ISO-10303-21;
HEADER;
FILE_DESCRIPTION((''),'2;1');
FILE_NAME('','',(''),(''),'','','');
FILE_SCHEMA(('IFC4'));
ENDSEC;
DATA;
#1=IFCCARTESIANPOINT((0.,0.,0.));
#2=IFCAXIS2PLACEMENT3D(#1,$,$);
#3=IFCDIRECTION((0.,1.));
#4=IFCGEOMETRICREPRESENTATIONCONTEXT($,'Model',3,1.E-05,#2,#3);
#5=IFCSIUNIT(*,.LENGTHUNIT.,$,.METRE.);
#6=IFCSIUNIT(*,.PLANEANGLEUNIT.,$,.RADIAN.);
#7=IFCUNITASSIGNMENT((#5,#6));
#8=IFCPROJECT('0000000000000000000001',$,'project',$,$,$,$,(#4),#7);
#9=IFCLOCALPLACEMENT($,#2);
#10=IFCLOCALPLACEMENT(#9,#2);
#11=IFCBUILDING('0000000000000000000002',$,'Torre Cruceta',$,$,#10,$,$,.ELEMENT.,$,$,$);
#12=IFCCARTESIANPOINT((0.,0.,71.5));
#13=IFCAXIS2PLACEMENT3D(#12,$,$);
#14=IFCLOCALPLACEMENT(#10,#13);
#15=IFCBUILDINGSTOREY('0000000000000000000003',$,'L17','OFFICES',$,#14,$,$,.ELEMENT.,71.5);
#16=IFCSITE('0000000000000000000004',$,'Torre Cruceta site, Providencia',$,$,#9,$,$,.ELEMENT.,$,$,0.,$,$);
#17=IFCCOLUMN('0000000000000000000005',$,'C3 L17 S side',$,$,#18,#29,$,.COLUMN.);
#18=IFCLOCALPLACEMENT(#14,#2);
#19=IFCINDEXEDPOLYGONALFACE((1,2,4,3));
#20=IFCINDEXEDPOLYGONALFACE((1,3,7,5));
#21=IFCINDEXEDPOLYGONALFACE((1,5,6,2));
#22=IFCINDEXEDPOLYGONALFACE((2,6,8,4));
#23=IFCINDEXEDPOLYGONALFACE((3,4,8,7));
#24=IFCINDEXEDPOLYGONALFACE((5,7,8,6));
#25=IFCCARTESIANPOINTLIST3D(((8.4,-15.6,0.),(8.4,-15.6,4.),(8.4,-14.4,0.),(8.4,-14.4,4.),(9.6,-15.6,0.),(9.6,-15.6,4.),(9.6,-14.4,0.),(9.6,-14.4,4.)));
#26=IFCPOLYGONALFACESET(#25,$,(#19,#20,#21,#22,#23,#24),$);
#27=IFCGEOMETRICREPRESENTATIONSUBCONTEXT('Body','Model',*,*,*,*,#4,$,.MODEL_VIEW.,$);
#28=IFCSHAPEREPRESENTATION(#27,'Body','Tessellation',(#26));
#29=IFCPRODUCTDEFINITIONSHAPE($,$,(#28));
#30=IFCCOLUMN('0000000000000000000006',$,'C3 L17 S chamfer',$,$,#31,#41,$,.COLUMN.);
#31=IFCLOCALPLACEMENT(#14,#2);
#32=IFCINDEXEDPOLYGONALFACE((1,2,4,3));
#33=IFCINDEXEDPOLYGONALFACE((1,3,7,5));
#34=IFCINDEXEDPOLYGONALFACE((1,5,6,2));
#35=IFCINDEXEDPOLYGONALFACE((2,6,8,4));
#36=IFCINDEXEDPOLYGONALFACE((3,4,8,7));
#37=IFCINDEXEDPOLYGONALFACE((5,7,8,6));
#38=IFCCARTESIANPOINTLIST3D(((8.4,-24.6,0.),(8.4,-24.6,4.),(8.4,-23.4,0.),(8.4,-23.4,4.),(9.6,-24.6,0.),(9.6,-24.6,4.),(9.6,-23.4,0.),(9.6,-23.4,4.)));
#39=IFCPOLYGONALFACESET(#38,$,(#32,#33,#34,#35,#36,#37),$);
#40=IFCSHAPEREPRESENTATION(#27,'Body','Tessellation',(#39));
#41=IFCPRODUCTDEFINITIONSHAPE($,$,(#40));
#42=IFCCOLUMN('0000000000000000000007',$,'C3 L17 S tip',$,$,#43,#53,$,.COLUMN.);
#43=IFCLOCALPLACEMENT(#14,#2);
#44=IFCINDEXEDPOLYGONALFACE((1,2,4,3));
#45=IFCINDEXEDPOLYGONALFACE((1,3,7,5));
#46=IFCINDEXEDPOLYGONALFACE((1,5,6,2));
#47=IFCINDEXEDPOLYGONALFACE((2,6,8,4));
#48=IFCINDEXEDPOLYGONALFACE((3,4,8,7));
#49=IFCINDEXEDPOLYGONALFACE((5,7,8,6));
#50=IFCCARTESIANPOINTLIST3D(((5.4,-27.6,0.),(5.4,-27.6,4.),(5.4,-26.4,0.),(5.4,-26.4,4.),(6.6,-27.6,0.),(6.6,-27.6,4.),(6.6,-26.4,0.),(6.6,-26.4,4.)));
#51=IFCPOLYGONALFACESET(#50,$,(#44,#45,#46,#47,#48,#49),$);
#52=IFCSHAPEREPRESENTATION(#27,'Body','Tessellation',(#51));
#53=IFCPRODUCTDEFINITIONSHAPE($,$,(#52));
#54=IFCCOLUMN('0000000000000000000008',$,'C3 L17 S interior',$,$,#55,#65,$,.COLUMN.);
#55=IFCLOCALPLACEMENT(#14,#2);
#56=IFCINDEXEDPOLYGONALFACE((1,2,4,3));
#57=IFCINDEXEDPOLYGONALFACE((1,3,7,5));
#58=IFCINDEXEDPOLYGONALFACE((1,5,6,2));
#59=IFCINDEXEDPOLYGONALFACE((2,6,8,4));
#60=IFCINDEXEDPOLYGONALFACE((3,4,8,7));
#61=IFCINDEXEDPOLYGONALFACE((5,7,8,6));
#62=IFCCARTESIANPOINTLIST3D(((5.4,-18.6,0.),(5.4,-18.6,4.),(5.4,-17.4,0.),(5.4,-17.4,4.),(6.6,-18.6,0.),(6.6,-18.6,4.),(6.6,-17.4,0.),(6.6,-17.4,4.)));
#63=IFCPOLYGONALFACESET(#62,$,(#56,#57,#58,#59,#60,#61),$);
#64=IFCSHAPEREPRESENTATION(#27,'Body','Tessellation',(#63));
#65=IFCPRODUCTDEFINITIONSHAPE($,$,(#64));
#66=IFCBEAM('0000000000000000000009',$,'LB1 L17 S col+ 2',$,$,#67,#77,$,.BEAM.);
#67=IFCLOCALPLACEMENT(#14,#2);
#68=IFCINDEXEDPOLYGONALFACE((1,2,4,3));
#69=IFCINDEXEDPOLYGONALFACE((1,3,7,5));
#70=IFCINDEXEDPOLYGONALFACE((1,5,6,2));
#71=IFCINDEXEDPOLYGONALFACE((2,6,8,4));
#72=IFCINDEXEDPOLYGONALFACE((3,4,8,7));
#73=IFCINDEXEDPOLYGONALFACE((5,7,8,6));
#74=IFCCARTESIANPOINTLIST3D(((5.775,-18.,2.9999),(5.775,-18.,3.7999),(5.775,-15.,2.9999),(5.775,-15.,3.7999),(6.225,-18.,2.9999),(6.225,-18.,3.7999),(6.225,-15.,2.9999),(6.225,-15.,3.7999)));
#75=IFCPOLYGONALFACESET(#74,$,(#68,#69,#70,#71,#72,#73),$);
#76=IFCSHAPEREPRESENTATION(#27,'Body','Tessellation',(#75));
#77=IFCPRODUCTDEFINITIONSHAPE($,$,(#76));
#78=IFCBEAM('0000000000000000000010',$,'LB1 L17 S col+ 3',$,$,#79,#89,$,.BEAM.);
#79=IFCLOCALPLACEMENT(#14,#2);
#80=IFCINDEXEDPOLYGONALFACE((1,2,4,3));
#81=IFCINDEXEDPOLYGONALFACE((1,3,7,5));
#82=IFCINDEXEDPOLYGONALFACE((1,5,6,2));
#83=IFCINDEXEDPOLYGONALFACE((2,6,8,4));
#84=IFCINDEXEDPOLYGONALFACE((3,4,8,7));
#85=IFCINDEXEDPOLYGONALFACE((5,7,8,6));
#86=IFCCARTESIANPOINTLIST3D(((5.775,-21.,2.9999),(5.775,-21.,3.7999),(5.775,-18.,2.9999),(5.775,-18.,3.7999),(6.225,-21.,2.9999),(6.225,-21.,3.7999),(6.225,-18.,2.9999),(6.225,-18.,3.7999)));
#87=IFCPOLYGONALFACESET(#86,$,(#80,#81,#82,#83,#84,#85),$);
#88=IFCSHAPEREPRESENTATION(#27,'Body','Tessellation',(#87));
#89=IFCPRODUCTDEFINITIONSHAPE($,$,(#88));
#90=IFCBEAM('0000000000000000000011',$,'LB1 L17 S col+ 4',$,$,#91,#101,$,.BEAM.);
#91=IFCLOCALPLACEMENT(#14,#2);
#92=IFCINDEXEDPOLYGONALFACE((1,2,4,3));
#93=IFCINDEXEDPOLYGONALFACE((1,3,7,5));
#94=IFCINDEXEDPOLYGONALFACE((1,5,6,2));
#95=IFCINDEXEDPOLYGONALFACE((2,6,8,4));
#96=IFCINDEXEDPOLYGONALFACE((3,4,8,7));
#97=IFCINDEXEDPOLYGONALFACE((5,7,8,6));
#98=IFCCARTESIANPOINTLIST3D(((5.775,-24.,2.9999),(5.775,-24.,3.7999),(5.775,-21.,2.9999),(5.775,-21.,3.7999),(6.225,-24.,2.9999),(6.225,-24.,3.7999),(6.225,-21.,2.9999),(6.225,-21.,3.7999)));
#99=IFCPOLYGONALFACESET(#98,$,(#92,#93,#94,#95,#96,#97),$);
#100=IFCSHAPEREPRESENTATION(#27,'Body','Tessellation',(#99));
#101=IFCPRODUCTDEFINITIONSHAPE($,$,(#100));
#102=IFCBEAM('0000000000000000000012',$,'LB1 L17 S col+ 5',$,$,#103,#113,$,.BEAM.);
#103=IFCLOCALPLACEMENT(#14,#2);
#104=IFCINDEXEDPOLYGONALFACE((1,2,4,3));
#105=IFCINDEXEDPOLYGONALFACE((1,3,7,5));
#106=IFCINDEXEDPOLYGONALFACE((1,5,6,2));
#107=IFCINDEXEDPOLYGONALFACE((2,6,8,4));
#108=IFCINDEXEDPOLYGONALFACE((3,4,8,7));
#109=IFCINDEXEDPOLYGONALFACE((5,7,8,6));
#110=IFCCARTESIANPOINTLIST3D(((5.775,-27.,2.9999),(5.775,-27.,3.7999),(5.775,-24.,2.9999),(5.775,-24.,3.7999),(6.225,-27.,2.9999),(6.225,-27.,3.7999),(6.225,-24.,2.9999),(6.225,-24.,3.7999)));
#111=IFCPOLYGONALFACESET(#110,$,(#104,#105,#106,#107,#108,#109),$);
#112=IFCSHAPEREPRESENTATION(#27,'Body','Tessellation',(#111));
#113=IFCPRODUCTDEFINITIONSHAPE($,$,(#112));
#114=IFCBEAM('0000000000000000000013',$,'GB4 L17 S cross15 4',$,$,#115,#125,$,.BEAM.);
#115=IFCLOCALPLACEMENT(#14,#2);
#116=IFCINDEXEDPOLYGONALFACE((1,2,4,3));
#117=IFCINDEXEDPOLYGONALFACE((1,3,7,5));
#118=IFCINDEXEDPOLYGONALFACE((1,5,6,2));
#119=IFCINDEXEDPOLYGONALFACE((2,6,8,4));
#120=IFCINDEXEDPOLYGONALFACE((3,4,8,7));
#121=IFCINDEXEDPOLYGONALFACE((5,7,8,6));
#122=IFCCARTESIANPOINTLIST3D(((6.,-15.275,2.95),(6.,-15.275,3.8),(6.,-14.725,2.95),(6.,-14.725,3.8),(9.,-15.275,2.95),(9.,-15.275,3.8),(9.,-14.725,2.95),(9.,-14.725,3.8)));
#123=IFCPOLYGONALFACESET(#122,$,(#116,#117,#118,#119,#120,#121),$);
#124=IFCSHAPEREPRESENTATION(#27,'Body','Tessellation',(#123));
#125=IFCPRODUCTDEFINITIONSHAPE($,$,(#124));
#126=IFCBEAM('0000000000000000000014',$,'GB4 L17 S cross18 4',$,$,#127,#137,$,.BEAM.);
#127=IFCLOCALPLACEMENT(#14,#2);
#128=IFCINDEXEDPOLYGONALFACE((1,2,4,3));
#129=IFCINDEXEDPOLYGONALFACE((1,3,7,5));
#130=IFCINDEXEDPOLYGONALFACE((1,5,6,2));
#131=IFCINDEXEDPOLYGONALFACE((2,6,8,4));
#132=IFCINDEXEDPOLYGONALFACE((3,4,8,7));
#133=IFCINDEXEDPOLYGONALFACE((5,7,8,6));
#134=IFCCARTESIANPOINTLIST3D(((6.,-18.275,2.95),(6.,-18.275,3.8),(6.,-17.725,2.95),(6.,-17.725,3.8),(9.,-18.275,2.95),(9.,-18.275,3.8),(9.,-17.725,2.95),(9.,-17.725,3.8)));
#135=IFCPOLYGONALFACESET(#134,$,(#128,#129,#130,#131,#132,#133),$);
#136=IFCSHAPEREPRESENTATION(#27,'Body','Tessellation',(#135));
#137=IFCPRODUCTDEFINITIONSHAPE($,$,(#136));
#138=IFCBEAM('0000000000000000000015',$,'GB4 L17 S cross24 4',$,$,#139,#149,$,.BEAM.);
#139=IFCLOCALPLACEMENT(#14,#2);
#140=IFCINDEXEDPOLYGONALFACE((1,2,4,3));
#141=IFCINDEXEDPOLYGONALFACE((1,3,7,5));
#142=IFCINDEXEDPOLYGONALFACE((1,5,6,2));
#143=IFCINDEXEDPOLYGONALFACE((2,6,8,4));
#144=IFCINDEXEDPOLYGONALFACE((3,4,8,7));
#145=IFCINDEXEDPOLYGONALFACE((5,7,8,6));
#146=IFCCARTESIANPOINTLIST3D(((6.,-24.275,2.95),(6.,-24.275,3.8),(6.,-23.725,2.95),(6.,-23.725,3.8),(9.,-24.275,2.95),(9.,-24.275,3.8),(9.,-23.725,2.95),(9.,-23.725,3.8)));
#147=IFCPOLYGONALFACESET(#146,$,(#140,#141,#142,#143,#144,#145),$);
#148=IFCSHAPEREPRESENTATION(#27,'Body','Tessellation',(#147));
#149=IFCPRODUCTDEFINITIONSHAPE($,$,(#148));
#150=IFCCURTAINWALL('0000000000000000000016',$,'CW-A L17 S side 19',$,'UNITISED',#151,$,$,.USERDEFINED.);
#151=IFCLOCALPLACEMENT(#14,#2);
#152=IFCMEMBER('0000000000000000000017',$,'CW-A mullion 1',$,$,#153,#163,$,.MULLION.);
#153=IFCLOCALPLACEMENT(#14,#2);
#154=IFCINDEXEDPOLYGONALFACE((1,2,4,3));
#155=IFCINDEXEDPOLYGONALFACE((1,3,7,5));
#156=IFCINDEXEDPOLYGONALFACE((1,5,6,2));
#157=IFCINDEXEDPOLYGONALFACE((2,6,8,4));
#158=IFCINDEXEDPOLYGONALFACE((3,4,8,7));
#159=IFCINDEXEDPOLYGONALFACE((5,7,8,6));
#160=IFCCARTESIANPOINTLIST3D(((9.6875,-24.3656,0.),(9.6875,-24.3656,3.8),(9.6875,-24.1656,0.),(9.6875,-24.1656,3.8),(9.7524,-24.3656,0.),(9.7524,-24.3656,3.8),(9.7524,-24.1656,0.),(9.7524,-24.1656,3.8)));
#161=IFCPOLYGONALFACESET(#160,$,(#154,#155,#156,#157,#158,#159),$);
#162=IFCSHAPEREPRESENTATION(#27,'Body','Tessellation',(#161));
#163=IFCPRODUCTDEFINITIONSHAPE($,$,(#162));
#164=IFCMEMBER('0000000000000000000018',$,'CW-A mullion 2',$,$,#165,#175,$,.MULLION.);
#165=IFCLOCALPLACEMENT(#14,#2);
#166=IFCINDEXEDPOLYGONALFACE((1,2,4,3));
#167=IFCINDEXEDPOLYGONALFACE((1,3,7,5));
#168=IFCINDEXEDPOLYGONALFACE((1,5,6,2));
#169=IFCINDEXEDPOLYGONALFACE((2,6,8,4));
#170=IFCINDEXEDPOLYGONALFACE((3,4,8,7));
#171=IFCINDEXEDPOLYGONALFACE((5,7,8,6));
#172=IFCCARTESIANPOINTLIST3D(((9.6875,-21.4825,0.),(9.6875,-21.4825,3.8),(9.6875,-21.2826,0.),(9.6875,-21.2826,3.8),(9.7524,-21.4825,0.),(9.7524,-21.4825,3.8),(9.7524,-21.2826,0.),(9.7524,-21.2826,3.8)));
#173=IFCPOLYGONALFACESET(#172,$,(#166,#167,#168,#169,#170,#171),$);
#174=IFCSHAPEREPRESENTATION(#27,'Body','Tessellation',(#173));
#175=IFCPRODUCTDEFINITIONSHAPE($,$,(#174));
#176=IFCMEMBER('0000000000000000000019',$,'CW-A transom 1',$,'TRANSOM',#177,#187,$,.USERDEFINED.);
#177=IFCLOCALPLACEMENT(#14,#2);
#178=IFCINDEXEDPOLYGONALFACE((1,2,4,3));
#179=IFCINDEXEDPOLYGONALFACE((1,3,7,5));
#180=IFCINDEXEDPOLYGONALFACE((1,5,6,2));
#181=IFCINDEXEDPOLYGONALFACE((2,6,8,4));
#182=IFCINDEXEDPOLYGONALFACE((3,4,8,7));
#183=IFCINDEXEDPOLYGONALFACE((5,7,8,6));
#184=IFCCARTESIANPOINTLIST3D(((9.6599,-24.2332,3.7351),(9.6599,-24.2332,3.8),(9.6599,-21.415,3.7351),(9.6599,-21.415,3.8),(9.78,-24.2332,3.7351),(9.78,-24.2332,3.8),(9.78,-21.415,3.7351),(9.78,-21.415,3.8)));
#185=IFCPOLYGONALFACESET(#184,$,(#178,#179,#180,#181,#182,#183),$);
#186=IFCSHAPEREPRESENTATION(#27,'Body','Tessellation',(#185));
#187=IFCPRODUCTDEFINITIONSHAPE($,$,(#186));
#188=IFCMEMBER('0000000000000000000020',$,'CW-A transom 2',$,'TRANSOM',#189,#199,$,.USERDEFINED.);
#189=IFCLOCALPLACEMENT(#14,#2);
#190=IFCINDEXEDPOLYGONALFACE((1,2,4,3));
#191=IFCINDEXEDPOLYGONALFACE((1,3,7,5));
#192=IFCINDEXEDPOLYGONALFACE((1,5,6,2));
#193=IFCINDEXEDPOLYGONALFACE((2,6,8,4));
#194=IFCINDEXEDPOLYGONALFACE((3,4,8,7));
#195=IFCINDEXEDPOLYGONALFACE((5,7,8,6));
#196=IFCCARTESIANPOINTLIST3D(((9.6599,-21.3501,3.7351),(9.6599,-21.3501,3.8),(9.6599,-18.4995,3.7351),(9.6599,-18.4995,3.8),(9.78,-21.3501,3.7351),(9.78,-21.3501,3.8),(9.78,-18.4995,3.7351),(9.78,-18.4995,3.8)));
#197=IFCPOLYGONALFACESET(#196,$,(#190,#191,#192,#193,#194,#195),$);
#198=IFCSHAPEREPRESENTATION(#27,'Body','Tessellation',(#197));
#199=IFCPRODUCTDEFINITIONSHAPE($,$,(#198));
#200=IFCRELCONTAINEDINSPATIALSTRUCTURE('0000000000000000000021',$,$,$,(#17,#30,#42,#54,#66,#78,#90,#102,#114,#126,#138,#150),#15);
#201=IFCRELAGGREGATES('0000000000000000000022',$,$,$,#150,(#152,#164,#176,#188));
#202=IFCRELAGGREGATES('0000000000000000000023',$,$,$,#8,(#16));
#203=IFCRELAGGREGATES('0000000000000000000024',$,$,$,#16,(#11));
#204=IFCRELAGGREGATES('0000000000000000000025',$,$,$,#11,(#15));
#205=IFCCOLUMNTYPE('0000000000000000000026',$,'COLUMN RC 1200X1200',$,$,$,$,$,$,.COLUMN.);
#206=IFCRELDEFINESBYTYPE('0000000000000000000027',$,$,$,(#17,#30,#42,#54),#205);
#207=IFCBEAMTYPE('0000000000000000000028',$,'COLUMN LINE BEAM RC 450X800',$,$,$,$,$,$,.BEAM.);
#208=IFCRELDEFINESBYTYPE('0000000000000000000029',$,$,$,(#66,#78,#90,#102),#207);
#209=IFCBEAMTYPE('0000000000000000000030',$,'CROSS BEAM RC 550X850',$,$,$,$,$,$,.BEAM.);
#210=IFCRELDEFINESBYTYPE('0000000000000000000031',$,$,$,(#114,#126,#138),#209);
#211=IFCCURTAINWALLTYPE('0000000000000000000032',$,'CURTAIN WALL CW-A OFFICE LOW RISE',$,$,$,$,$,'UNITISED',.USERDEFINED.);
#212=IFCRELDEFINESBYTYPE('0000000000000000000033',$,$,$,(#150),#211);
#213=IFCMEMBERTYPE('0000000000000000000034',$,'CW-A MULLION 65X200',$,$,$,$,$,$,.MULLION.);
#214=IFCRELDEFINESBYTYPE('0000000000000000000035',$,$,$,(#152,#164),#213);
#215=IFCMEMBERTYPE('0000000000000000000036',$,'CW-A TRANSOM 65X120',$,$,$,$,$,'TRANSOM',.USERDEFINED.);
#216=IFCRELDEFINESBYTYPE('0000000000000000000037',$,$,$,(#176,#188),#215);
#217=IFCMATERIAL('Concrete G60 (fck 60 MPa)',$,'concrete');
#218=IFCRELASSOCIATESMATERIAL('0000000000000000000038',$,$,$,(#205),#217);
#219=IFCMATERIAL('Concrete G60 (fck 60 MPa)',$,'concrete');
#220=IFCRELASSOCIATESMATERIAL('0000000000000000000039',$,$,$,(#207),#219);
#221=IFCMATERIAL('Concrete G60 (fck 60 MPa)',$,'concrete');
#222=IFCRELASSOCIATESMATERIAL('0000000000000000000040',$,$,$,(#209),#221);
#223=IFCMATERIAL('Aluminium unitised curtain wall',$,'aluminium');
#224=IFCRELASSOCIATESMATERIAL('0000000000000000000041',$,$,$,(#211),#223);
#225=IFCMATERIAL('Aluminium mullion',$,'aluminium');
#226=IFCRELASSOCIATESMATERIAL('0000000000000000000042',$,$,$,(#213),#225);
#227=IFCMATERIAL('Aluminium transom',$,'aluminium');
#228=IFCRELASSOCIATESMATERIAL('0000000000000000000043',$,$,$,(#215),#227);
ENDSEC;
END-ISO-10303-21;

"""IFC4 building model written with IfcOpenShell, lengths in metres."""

from ifc_helpers import new_model, si_unit, direction, frame, origin, origin_2d, place, context, subcontext, project, spatial, rectangle, extrude, material, material_profile, profile_set, type_object, element, aggregate, save


model = new_model("IFC4")

# Units and contexts
model_context = context("Model", 3, precision=1e-05, world=origin(), true_north=direction((0.0, 1.0)))
body_context = subcontext(model_context, "Body", "Model", "MODEL_VIEW")
ifc_project = project(units=[si_unit("LENGTHUNIT", "METRE"), si_unit("PLANEANGLEUNIT", "RADIAN")], contexts=[model_context])

# Site, building, storey
site_placement = place(None, origin())
site = spatial("IfcSite", under=ifc_project, at=site_placement, Name="Torre Cruceta site, Providencia", CompositionType="ELEMENT", RefElevation=0.0)
building_placement = place(site_placement, origin())
building = spatial("IfcBuilding", under=site, at=building_placement, Name="Torre Cruceta", CompositionType="ELEMENT")
storey_placement = place(building_placement, frame((0.0, 0.0, 71.5)))
storey = spatial("IfcBuildingStorey", under=building, at=storey_placement, Name="L17", Description="OFFICES", CompositionType="ELEMENT", Elevation=71.5)

# Columns
ifc_material_1 = material(Name="Concrete G60 (fck 60 MPa)", Category="concrete")
ifc_material_profile_1 = material_profile(ifc_material_1, rectangle(XDim=1.2, YDim=1.2, at=origin_2d()), Name="RC 1200X1200")
ifc_profile_set_1 = profile_set([ifc_material_profile_1], Name="Concrete G60 (fck 60 MPa)")
column_type = type_object("IfcColumnType", Name="COLUMN RC 1200X1200", PredefinedType="COLUMN", material=ifc_profile_set_1)
for number, where, z_axis, x_axis, name in (
    (1, (9.0, -15.0, 0.0), (0.0, 0.0, 1.0), (1.0, 0.0, 0.0), "C3 L17 S side"),
    (2, (9.0, -24.0, 0.0), (0.0, 0.0, 1.0), (1.0, 0.0, 0.0), "C3 L17 S chamfer"),
    (3, (6.0, -27.0, 0.0), (0.0, 0.0, 1.0), (1.0, 0.0, 0.0), "C3 L17 S tip"),
    (4, (6.0, -18.0, 0.0), (0.0, 0.0, 1.0), (1.0, 0.0, 0.0), "C3 L17 S interior"),
):
    element("IfcColumn", number, at=place(storey_placement, frame(where, z_axis=z_axis, x_axis=x_axis)), inside=storey, type_object=column_type, Name=name, PredefinedType="COLUMN", context=body_context, shape_type="SweptSolid", body=[
        extrude(rectangle(XDim=1.2, YDim=1.2, at=origin_2d()), origin(), (0.0, 0.0, 1.0), 4.0),
    ])

# Beams
ifc_material_2 = material(Name="Concrete G60 (fck 60 MPa)", Category="concrete")
ifc_material_profile_2 = material_profile(ifc_material_2, rectangle(XDim=0.45, YDim=0.8, at=origin_2d()), Name="RC 450X800")
ifc_profile_set_2 = profile_set([ifc_material_profile_2], Name="Concrete G60 (fck 60 MPa)")
beam_type_1 = type_object("IfcBeamType", Name="COLUMN LINE BEAM RC 450X800", PredefinedType="BEAM", material=ifc_profile_set_2)
for number, where, z_axis, x_axis, name in (
    (5, (6.0, -15.0, 3.3999), (0.0, -1.0, 0.0), (1.0, 0.0, 0.0), "LB1 L17 S col+ 2"),
    (6, (6.0, -18.0, 3.3999), (0.0, -1.0, 0.0), (1.0, 0.0, 0.0), "LB1 L17 S col+ 3"),
    (7, (6.0, -21.0, 3.3999), (0.0, -1.0, 0.0), (1.0, 0.0, 0.0), "LB1 L17 S col+ 4"),
    (8, (6.0, -24.0, 3.3999), (0.0, -1.0, 0.0), (1.0, 0.0, 0.0), "LB1 L17 S col+ 5"),
):
    element("IfcBeam", number, at=place(storey_placement, frame(where, z_axis=z_axis, x_axis=x_axis)), inside=storey, type_object=beam_type_1, Name=name, PredefinedType="BEAM", context=body_context, shape_type="SweptSolid", body=[
        extrude(rectangle(XDim=0.45, YDim=0.8, at=origin_2d()), origin(), (0.0, 0.0, 1.0), 3.0),
    ])
ifc_material_3 = material(Name="Concrete G60 (fck 60 MPa)", Category="concrete")
ifc_material_profile_3 = material_profile(ifc_material_3, rectangle(XDim=0.55, YDim=0.8501, at=origin_2d()), Name="RC 550X850")
ifc_profile_set_3 = profile_set([ifc_material_profile_3], Name="Concrete G60 (fck 60 MPa)")
beam_type_2 = type_object("IfcBeamType", Name="CROSS BEAM RC 550X850", PredefinedType="BEAM", material=ifc_profile_set_3)
for number, where, z_axis, x_axis, name in (
    (9, (6.0, -15.0, 3.375), (1.0, 0.0, 0.0), (0.0, 1.0, 0.0), "GB4 L17 S cross15 4"),
    (10, (6.0, -18.0, 3.375), (1.0, 0.0, 0.0), (0.0, 1.0, 0.0), "GB4 L17 S cross18 4"),
    (11, (6.0, -24.0, 3.375), (1.0, 0.0, 0.0), (0.0, 1.0, 0.0), "GB4 L17 S cross24 4"),
):
    element("IfcBeam", number, at=place(storey_placement, frame(where, z_axis=z_axis, x_axis=x_axis)), inside=storey, type_object=beam_type_2, Name=name, PredefinedType="BEAM", context=body_context, shape_type="SweptSolid", body=[
        extrude(rectangle(XDim=0.55, YDim=0.8501, at=origin_2d()), origin(), (0.0, 0.0, 1.0), 3.0),
    ])

# Curtain wall, members
ifc_material_4 = material(Name="Aluminium unitised curtain wall", Category="aluminium")
curtain_wall_type = type_object("IfcCurtainWallType", Name="CURTAIN WALL CW-A OFFICE LOW RISE", ElementType="UNITISED", PredefinedType="USERDEFINED", material=ifc_material_4)
curtain_wall_placement = place(storey_placement, origin())
curtain_wall = element("IfcCurtainWall", 12, at=curtain_wall_placement, inside=storey, type_object=curtain_wall_type, Name="CW-A L17 S side 19", ObjectType="UNITISED", PredefinedType="USERDEFINED")
ifc_material_5 = material(Name="Aluminium mullion", Category="aluminium")
ifc_material_profile_4 = material_profile(ifc_material_5, rectangle(XDim=0.0649, YDim=0.2, at=origin_2d()), Name="AL 65X200")
ifc_profile_set_4 = profile_set([ifc_material_profile_4], Name="Aluminium mullion")
member_type_1 = type_object("IfcMemberType", Name="CW-A MULLION 65X200", PredefinedType="MULLION", material=ifc_profile_set_4)
member_1_placement = place(storey_placement, frame((9.72, -24.2656, 0.0), z_axis=(0.0, 0.0, 1.0), x_axis=(-1.0, 0.0, 0.0)))
member_1 = element("IfcMember", 13, at=member_1_placement, type_object=member_type_1, Name="CW-A mullion 1", PredefinedType="MULLION", context=body_context, shape_type="SweptSolid", body=[
    extrude(rectangle(XDim=0.0649, YDim=0.2, at=origin_2d()), origin(), (0.0, 0.0, 1.0), 3.8),
])
member_2_placement = place(storey_placement, frame((9.72, -21.3826, 0.0), z_axis=(0.0, 0.0, 1.0), x_axis=(-1.0, 0.0, 0.0)))
member_2 = element("IfcMember", 14, at=member_2_placement, type_object=member_type_1, Name="CW-A mullion 2", PredefinedType="MULLION", context=body_context, shape_type="SweptSolid", body=[
    extrude(rectangle(XDim=0.0649, YDim=0.2, at=origin_2d()), origin(), (0.0, 0.0, 1.0), 3.8),
])
ifc_material_6 = material(Name="Aluminium transom", Category="aluminium")
ifc_material_profile_5 = material_profile(ifc_material_6, rectangle(XDim=0.1201, YDim=0.0649, at=origin_2d()), Name="AL 120X65")
ifc_profile_set_5 = profile_set([ifc_material_profile_5], Name="Aluminium transom")
member_type_2 = type_object("IfcMemberType", Name="CW-A TRANSOM 65X120", ElementType="TRANSOM", PredefinedType="USERDEFINED", material=ifc_profile_set_5)
member_3_placement = place(storey_placement, frame((9.72, -24.2332, 3.7676), z_axis=(0.0, 1.0, 0.0), x_axis=(-1.0, 0.0, 0.0)))
member_3 = element("IfcMember", 15, at=member_3_placement, type_object=member_type_2, Name="CW-A transom 1", ObjectType="TRANSOM", PredefinedType="USERDEFINED", context=body_context, shape_type="SweptSolid", body=[
    extrude(rectangle(XDim=0.1201, YDim=0.0649, at=origin_2d()), origin(), (0.0, 0.0, 1.0), 2.8181),
])
member_4_placement = place(storey_placement, frame((9.72, -21.3501, 3.7676), z_axis=(0.0, 1.0, 0.0), x_axis=(-1.0, 0.0, 0.0)))
member_4 = element("IfcMember", 16, at=member_4_placement, type_object=member_type_2, Name="CW-A transom 2", ObjectType="TRANSOM", PredefinedType="USERDEFINED", context=body_context, shape_type="SweptSolid", body=[
    extrude(rectangle(XDim=0.1201, YDim=0.0649, at=origin_2d()), origin(), (0.0, 0.0, 1.0), 2.8506),
])

aggregate(curtain_wall, [member_1, member_2, member_3, member_4])

save(model, "model.ifc")
